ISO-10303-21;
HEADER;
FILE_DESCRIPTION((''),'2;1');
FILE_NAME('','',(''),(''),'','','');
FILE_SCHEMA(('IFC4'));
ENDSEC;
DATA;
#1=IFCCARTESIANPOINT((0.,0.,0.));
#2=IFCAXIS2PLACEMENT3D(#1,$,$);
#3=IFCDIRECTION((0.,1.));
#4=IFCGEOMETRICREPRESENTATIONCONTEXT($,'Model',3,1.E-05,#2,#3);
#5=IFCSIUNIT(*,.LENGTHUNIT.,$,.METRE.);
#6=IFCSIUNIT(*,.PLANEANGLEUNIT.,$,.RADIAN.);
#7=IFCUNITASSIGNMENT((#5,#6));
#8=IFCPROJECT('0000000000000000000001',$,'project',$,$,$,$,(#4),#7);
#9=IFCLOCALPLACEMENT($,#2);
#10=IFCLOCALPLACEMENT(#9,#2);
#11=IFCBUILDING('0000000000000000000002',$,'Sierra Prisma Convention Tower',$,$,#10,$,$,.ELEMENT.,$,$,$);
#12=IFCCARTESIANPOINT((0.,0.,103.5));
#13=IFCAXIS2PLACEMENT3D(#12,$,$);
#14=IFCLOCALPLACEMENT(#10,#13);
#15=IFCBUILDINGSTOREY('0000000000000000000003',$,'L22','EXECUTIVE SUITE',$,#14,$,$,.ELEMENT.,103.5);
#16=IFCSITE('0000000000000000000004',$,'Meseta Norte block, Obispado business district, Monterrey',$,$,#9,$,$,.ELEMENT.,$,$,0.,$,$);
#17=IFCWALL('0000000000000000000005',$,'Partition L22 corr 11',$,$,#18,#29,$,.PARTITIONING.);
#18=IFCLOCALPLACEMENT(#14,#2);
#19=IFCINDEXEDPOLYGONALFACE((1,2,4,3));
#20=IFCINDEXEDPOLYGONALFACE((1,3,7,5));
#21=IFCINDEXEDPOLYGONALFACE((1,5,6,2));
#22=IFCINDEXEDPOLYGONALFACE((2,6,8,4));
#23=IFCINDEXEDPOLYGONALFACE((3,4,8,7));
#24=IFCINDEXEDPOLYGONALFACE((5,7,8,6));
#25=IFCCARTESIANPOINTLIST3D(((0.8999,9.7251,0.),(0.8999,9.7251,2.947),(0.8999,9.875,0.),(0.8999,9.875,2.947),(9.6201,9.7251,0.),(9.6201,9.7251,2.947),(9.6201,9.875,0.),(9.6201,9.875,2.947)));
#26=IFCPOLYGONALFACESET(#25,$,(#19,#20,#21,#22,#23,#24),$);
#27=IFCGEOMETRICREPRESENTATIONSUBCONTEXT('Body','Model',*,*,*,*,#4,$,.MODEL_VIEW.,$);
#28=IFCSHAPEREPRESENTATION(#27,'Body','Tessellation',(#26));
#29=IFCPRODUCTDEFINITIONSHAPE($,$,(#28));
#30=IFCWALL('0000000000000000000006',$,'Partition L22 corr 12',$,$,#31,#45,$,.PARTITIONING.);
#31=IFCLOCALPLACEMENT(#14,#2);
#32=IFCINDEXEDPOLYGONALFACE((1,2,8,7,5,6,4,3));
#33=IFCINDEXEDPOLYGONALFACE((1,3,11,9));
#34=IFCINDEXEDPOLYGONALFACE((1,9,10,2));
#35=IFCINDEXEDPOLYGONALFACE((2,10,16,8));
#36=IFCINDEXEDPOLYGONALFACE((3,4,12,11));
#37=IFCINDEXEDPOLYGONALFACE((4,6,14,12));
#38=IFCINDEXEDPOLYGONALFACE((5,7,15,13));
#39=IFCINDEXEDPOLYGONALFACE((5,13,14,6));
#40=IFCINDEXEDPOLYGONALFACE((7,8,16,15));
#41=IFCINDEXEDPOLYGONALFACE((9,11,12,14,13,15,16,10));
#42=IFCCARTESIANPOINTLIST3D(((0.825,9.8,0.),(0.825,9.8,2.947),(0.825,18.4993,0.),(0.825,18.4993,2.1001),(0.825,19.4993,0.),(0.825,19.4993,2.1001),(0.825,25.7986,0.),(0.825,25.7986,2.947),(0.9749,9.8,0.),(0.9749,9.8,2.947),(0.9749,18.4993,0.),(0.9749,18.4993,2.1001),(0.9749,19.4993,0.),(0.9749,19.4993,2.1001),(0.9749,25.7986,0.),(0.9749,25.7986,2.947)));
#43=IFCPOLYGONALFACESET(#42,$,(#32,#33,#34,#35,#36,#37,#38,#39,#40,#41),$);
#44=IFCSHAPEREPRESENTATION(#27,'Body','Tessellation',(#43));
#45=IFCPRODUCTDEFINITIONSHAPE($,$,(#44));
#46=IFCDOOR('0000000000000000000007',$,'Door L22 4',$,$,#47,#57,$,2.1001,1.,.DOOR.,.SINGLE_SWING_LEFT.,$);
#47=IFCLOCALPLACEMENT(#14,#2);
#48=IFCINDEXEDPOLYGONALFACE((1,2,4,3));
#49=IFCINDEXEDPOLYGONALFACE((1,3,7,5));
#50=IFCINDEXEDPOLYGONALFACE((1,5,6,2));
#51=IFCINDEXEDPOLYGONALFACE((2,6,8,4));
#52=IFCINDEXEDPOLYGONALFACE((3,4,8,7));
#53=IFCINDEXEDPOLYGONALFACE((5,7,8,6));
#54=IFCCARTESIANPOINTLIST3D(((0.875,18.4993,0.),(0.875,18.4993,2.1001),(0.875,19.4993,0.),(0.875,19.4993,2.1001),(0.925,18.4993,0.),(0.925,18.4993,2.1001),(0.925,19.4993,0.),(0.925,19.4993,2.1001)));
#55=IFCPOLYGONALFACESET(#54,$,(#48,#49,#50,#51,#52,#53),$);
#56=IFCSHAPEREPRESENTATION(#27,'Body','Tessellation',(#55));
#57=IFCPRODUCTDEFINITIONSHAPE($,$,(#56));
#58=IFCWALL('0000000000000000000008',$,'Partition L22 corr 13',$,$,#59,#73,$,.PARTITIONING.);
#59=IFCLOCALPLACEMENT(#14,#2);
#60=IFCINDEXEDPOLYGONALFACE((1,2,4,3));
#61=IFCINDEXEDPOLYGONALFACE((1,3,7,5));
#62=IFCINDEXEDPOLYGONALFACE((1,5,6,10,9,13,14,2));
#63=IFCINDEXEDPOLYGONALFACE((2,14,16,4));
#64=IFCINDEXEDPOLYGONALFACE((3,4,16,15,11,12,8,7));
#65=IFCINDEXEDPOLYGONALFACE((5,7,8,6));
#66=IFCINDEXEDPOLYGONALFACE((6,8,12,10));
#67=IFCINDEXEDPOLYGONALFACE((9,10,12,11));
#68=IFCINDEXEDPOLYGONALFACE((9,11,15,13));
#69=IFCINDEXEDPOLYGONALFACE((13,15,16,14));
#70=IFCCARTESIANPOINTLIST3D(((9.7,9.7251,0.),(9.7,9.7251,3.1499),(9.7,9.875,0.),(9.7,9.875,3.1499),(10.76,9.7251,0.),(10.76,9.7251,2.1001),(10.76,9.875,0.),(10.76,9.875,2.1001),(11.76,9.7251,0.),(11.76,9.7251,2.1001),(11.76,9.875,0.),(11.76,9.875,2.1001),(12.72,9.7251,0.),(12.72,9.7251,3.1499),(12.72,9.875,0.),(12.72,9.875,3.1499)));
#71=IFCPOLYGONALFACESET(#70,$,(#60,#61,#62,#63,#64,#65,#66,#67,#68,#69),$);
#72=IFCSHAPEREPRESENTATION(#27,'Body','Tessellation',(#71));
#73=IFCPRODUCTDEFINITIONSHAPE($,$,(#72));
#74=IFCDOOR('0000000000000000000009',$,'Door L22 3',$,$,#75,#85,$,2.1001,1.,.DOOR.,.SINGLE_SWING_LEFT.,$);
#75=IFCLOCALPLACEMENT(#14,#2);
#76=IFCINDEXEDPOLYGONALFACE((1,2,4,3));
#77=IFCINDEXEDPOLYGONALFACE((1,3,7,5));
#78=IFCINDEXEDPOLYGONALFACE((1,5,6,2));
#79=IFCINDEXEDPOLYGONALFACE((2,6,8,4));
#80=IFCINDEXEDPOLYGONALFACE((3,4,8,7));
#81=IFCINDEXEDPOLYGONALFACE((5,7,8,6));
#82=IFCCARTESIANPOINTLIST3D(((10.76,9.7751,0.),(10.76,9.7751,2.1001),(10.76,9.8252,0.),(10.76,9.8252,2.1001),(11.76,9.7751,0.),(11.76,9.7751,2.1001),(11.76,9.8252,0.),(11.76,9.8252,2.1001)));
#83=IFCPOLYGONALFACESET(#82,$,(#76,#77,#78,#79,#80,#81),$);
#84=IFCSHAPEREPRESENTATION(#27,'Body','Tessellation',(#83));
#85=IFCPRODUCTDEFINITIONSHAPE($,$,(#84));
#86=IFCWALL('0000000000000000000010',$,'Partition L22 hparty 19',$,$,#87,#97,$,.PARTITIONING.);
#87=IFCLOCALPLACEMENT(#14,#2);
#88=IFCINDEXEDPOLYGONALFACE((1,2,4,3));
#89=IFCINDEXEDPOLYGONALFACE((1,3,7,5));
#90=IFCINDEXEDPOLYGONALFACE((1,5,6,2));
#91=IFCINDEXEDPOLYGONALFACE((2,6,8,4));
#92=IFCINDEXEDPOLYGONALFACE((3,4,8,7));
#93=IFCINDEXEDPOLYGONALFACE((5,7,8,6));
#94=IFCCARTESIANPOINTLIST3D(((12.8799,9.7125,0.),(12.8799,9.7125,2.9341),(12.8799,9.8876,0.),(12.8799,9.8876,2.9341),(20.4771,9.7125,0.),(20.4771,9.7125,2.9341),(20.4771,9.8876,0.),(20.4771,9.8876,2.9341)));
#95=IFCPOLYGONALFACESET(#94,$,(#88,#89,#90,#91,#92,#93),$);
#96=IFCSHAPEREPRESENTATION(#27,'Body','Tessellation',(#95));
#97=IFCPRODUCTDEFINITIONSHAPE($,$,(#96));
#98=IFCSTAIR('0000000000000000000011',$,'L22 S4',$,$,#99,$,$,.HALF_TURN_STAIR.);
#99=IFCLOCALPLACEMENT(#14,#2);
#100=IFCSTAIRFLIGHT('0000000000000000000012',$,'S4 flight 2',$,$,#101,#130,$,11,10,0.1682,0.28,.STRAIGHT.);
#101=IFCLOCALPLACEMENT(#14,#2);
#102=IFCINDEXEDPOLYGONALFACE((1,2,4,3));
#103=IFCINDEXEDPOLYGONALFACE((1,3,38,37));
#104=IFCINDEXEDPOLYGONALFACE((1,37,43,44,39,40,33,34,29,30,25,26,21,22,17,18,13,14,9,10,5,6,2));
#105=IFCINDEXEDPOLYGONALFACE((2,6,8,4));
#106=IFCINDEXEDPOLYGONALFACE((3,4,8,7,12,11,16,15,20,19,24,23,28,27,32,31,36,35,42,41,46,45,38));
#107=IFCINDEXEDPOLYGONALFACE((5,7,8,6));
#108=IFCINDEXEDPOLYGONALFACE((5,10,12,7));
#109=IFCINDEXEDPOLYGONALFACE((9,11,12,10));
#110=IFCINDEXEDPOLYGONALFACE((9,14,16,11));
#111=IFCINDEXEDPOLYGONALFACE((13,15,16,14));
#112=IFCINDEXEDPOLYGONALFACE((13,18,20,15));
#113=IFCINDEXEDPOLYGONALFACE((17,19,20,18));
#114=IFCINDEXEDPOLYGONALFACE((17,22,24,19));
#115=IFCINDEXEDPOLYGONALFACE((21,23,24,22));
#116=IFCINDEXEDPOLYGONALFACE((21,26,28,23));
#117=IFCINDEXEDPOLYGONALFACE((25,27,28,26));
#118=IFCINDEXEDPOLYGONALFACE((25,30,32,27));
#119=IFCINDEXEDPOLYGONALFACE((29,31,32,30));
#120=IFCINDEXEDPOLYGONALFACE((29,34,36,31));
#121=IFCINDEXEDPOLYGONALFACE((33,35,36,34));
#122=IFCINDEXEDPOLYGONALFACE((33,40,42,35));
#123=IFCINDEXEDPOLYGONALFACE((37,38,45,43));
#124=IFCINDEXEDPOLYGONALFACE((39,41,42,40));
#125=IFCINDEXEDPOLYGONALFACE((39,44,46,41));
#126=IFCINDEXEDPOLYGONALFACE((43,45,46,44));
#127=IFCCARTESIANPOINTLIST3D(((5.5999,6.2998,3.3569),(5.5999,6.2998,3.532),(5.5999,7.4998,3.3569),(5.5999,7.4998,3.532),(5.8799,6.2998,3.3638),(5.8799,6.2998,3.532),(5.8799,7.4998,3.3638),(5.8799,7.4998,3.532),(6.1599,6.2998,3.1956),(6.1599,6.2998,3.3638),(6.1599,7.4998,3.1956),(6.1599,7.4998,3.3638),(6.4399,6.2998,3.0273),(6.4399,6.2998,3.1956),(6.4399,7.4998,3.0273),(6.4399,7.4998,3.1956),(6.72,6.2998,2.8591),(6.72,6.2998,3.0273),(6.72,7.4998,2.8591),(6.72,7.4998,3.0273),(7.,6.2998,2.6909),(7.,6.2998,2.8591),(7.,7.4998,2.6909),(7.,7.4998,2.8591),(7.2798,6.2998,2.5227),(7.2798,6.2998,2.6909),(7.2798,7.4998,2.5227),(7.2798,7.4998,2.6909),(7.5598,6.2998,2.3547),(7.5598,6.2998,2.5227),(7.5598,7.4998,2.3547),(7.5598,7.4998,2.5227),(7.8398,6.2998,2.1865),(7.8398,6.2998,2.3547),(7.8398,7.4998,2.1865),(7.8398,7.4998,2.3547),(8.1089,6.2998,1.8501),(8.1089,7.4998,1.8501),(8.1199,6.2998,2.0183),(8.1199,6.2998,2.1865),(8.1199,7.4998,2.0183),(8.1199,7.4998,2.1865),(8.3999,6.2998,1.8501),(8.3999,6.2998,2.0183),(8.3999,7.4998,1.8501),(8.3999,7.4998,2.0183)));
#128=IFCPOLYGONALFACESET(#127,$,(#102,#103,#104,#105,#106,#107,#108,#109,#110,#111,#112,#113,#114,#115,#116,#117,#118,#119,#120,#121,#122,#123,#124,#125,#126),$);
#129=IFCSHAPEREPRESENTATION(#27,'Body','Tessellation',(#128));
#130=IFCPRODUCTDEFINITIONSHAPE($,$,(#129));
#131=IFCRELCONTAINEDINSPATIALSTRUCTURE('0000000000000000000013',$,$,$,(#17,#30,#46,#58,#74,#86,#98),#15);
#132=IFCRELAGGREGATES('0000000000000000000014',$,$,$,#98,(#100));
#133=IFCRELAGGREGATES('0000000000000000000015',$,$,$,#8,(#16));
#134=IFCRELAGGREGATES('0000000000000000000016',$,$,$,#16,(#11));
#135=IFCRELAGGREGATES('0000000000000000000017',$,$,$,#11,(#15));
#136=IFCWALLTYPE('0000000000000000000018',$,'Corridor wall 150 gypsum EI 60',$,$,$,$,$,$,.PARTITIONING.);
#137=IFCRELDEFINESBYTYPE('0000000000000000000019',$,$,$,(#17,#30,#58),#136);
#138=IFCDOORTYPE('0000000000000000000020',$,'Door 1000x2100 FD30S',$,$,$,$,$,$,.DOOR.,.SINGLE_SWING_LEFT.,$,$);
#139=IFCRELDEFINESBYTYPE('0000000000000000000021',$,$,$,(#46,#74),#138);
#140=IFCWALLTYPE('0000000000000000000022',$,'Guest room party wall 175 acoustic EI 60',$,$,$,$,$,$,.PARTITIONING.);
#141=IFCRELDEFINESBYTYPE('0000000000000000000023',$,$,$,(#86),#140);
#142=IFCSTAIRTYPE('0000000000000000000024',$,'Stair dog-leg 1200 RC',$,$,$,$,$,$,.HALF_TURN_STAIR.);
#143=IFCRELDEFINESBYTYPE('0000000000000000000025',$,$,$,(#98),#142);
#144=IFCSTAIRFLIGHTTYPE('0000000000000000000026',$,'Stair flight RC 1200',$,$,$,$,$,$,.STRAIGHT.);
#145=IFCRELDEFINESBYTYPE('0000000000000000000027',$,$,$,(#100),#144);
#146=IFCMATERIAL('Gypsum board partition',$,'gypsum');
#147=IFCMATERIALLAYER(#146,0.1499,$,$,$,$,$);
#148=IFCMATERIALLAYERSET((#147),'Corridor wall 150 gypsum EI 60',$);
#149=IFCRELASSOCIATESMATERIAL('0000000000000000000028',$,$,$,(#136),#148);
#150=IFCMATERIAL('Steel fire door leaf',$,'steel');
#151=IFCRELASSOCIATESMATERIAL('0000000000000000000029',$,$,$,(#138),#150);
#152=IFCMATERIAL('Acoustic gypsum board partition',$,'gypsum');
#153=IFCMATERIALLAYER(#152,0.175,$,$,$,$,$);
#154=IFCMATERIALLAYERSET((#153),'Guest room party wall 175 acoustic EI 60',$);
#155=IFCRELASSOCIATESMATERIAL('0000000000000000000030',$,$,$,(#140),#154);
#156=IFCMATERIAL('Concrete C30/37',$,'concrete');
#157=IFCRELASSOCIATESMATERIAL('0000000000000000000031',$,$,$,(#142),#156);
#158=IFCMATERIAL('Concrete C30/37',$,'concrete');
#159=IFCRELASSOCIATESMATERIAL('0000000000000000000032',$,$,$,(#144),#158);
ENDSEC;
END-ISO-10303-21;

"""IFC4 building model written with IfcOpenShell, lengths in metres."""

from ifc_helpers import new_model, si_unit, direction, frame, frame_2d, origin, place, context, subcontext, project, spatial, polyline, rectangle, outline, extrude, material, layer, layer_set, type_object, element, fill, aggregate, save


model = new_model("IFC4")

# Units and contexts
model_context = context("Model", 3, precision=1e-05, world=origin(), true_north=direction((0.0, 1.0)))
body_context = subcontext(model_context, "Body", "Model", "MODEL_VIEW")
ifc_project = project(units=[si_unit("LENGTHUNIT", "METRE"), si_unit("PLANEANGLEUNIT", "RADIAN")], contexts=[model_context])

# Site, building, storey
site_placement = place(None, origin())
site = spatial("IfcSite", under=ifc_project, at=site_placement, Name="Meseta Norte block, Obispado business district, Monterrey", CompositionType="ELEMENT", RefElevation=0.0)
building_placement = place(site_placement, origin())
building = spatial("IfcBuilding", under=site, at=building_placement, Name="Sierra Prisma Convention Tower", CompositionType="ELEMENT")
storey_placement = place(building_placement, frame((0.0, 0.0, 103.5)))
storey = spatial("IfcBuildingStorey", under=building, at=storey_placement, Name="L22", Description="EXECUTIVE SUITE", CompositionType="ELEMENT", Elevation=103.5)

# Wall
ifc_material_1 = material(Name="Gypsum board partition", Category="gypsum")
ifc_layer_1 = layer(ifc_material_1, 0.1499)
ifc_layer_set_1 = layer_set([ifc_layer_1], Name="Corridor wall 150 gypsum EI 60")
wall_type_1 = type_object("IfcWallType", Name="Corridor wall 150 gypsum EI 60", PredefinedType="PARTITIONING", material=ifc_layer_set_1)
wall_1_placement = place(storey_placement, frame((9.6201, 9.8, 0.0), z_axis=(0.0, 0.0, 1.0), x_axis=(-1.0, 0.0, 0.0)))
element("IfcWall", 1, at=wall_1_placement, inside=storey, type_object=wall_type_1, Name="Partition L22 corr 11", PredefinedType="PARTITIONING", context=body_context, shape_type="SweptSolid", body=[
    extrude(rectangle(XDim=8.7202, YDim=0.1499, at=frame_2d((4.3601, 0.0))), origin(), (0.0, 0.0, 1.0), 2.947),
])

# Walls, openings, doors
wall_2_placement = place(storey_placement, frame((0.8999, 9.8, 0.0), z_axis=(0.0, 0.0, 1.0), x_axis=(0.0, 1.0, 0.0)))
wall_2 = element("IfcWall", 2, at=wall_2_placement, inside=storey, type_object=wall_type_1, Name="Partition L22 corr 12", PredefinedType="PARTITIONING", context=body_context, shape_type="SweptSolid", body=[
    extrude(rectangle(XDim=15.9985, YDim=0.1499, at=frame_2d((7.9993, 0.0))), origin(), (0.0, 0.0, 1.0), 2.947),
])
opening_1_placement = place(wall_2_placement, frame((8.6992, 0.0, 0.0)))
opening_1 = element("IfcOpeningElement", 3, at=opening_1_placement, cuts=wall_2, PredefinedType="OPENING", context=body_context, shape_type="SweptSolid", body=[
    extrude(rectangle(XDim=1.0, YDim=2.1001, at=frame_2d((0.5, 1.05))), frame((0.0, 0.075, 0.0), z_axis=(0.0, -1.0, 0.0), x_axis=(1.0, 0.0, 0.0)), (0.0, 0.0, 1.0), 0.1499),
])
ifc_material_2 = material(Name="Steel fire door leaf", Category="steel")
door_type_1 = type_object("IfcDoorType", Name="Door 1000x2100 FD30S", OperationType="SINGLE_SWING_LEFT", PredefinedType="DOOR", material=ifc_material_2)
door_1_placement = place(opening_1_placement, origin())
door_1 = element("IfcDoor", 4, at=door_1_placement, inside=storey, type_object=door_type_1, Name="Door L22 4", OperationType="SINGLE_SWING_LEFT", OverallHeight=2.1001, OverallWidth=1.0, PredefinedType="DOOR", context=body_context, shape_type="SweptSolid", body=[
    extrude(rectangle(XDim=1.0, YDim=2.1001, at=frame_2d((0.5, 1.05))), frame((0.0, 0.0249, 0.0), z_axis=(0.0, -1.0, 0.0), x_axis=(1.0, 0.0, 0.0)), (0.0, 0.0, 1.0), 0.05),
])
fill(opening_1, door_1)
wall_3_placement = place(storey_placement, frame((12.72, 9.8, 0.0), z_axis=(0.0, 0.0, 1.0), x_axis=(-1.0, 0.0, 0.0)))
wall_3 = element("IfcWall", 5, at=wall_3_placement, inside=storey, type_object=wall_type_1, Name="Partition L22 corr 13", PredefinedType="PARTITIONING", context=body_context, shape_type="SweptSolid", body=[
    extrude(rectangle(XDim=3.02, YDim=0.1499, at=frame_2d((1.51, 0.0))), origin(), (0.0, 0.0, 1.0), 3.1499),
])
opening_2_placement = place(wall_3_placement, frame((0.96, 0.0, 0.0)))
opening_2 = element("IfcOpeningElement", 6, at=opening_2_placement, cuts=wall_3, PredefinedType="OPENING", context=body_context, shape_type="SweptSolid", body=[
    extrude(rectangle(XDim=1.0, YDim=2.1001, at=frame_2d((0.5, 1.05))), frame((0.0, 0.075, 0.0), z_axis=(0.0, -1.0, 0.0), x_axis=(1.0, 0.0, 0.0)), (0.0, 0.0, 1.0), 0.1499),
])
door_2_placement = place(opening_2_placement, origin())
door_2 = element("IfcDoor", 7, at=door_2_placement, inside=storey, type_object=door_type_1, Name="Door L22 3", OperationType="SINGLE_SWING_LEFT", OverallHeight=2.1001, OverallWidth=1.0, PredefinedType="DOOR", context=body_context, shape_type="SweptSolid", body=[
    extrude(rectangle(XDim=1.0, YDim=2.1001, at=frame_2d((0.5, 1.05))), frame((0.0, 0.0249, 0.0), z_axis=(0.0, -1.0, 0.0), x_axis=(1.0, 0.0, 0.0)), (0.0, 0.0, 1.0), 0.05),
])
fill(opening_2, door_2)

# Wall
ifc_material_3 = material(Name="Acoustic gypsum board partition", Category="gypsum")
ifc_layer_2 = layer(ifc_material_3, 0.175)
ifc_layer_set_2 = layer_set([ifc_layer_2], Name="Guest room party wall 175 acoustic EI 60")
wall_type_2 = type_object("IfcWallType", Name="Guest room party wall 175 acoustic EI 60", PredefinedType="PARTITIONING", material=ifc_layer_set_2)
wall_4_placement = place(storey_placement, frame((12.8799, 9.8, 0.0), z_axis=(0.0, 0.0, 1.0), x_axis=(1.0, 0.0, 0.0)))
element("IfcWall", 8, at=wall_4_placement, inside=storey, type_object=wall_type_2, Name="Partition L22 hparty 19", PredefinedType="PARTITIONING", context=body_context, shape_type="SweptSolid", body=[
    extrude(rectangle(XDim=7.5972, YDim=0.175, at=frame_2d((3.7986, 0.0))), origin(), (0.0, 0.0, 1.0), 2.9341),
])

# Stair, stair flight
ifc_material_4 = material(Name="Concrete C30/37", Category="concrete")
stair_type = type_object("IfcStairType", Name="Stair dog-leg 1200 RC", PredefinedType="HALF_TURN_STAIR", material=ifc_material_4)
stair_placement = place(storey_placement, origin())
stair = element("IfcStair", 9, at=stair_placement, inside=storey, type_object=stair_type, Name="L22 S4", PredefinedType="HALF_TURN_STAIR")
ifc_material_5 = material(Name="Concrete C30/37", Category="concrete")
stair_flight_type = type_object("IfcStairFlightType", Name="Stair flight RC 1200", PredefinedType="STRAIGHT", material=ifc_material_5)
stair_flight_placement = place(storey_placement, frame((8.3999, 6.8999, 1.8501), z_axis=(0.0, 0.0, 1.0), x_axis=(-1.0, 0.0, 0.0)))
stair_flight = element("IfcStairFlight", 10, at=stair_flight_placement, type_object=stair_flight_type, Name="S4 flight 2", NumberOfRisers=11, NumberOfTreads=10, PredefinedType="STRAIGHT", RiserHeight=0.1682, TreadLength=0.28, context=body_context, shape_type="SweptSolid", body=[
    extrude(outline(polyline([(0.0, 0.0), (0.0, 0.1682), (0.28, 0.1682), (0.28, 0.3364), (0.5601, 0.3364), (0.5601, 0.5046), (0.8401, 0.5046), (0.8401, 0.6726), (1.1201, 0.6726), (1.1201, 0.8408), (1.3999, 0.8408), (1.3999, 1.009), (1.6799, 1.009), (1.6799, 1.1772), (1.96, 1.1772), (1.96, 1.3455), (2.24, 1.3455), (2.24, 1.5137), (2.52, 1.5137), (2.52, 1.6819), (2.8, 1.6819), (2.8, 1.8501), (2.8, 1.5068), (0.291, 0.0), (0.0, 0.0)])), frame((0.0, 0.6001, 0.0), z_axis=(0.0, -1.0, 0.0), x_axis=(1.0, 0.0, 0.0)), (0.0, 0.0, 1.0), 1.2),
])
aggregate(stair, [stair_flight])

save(model, "model.ifc")
